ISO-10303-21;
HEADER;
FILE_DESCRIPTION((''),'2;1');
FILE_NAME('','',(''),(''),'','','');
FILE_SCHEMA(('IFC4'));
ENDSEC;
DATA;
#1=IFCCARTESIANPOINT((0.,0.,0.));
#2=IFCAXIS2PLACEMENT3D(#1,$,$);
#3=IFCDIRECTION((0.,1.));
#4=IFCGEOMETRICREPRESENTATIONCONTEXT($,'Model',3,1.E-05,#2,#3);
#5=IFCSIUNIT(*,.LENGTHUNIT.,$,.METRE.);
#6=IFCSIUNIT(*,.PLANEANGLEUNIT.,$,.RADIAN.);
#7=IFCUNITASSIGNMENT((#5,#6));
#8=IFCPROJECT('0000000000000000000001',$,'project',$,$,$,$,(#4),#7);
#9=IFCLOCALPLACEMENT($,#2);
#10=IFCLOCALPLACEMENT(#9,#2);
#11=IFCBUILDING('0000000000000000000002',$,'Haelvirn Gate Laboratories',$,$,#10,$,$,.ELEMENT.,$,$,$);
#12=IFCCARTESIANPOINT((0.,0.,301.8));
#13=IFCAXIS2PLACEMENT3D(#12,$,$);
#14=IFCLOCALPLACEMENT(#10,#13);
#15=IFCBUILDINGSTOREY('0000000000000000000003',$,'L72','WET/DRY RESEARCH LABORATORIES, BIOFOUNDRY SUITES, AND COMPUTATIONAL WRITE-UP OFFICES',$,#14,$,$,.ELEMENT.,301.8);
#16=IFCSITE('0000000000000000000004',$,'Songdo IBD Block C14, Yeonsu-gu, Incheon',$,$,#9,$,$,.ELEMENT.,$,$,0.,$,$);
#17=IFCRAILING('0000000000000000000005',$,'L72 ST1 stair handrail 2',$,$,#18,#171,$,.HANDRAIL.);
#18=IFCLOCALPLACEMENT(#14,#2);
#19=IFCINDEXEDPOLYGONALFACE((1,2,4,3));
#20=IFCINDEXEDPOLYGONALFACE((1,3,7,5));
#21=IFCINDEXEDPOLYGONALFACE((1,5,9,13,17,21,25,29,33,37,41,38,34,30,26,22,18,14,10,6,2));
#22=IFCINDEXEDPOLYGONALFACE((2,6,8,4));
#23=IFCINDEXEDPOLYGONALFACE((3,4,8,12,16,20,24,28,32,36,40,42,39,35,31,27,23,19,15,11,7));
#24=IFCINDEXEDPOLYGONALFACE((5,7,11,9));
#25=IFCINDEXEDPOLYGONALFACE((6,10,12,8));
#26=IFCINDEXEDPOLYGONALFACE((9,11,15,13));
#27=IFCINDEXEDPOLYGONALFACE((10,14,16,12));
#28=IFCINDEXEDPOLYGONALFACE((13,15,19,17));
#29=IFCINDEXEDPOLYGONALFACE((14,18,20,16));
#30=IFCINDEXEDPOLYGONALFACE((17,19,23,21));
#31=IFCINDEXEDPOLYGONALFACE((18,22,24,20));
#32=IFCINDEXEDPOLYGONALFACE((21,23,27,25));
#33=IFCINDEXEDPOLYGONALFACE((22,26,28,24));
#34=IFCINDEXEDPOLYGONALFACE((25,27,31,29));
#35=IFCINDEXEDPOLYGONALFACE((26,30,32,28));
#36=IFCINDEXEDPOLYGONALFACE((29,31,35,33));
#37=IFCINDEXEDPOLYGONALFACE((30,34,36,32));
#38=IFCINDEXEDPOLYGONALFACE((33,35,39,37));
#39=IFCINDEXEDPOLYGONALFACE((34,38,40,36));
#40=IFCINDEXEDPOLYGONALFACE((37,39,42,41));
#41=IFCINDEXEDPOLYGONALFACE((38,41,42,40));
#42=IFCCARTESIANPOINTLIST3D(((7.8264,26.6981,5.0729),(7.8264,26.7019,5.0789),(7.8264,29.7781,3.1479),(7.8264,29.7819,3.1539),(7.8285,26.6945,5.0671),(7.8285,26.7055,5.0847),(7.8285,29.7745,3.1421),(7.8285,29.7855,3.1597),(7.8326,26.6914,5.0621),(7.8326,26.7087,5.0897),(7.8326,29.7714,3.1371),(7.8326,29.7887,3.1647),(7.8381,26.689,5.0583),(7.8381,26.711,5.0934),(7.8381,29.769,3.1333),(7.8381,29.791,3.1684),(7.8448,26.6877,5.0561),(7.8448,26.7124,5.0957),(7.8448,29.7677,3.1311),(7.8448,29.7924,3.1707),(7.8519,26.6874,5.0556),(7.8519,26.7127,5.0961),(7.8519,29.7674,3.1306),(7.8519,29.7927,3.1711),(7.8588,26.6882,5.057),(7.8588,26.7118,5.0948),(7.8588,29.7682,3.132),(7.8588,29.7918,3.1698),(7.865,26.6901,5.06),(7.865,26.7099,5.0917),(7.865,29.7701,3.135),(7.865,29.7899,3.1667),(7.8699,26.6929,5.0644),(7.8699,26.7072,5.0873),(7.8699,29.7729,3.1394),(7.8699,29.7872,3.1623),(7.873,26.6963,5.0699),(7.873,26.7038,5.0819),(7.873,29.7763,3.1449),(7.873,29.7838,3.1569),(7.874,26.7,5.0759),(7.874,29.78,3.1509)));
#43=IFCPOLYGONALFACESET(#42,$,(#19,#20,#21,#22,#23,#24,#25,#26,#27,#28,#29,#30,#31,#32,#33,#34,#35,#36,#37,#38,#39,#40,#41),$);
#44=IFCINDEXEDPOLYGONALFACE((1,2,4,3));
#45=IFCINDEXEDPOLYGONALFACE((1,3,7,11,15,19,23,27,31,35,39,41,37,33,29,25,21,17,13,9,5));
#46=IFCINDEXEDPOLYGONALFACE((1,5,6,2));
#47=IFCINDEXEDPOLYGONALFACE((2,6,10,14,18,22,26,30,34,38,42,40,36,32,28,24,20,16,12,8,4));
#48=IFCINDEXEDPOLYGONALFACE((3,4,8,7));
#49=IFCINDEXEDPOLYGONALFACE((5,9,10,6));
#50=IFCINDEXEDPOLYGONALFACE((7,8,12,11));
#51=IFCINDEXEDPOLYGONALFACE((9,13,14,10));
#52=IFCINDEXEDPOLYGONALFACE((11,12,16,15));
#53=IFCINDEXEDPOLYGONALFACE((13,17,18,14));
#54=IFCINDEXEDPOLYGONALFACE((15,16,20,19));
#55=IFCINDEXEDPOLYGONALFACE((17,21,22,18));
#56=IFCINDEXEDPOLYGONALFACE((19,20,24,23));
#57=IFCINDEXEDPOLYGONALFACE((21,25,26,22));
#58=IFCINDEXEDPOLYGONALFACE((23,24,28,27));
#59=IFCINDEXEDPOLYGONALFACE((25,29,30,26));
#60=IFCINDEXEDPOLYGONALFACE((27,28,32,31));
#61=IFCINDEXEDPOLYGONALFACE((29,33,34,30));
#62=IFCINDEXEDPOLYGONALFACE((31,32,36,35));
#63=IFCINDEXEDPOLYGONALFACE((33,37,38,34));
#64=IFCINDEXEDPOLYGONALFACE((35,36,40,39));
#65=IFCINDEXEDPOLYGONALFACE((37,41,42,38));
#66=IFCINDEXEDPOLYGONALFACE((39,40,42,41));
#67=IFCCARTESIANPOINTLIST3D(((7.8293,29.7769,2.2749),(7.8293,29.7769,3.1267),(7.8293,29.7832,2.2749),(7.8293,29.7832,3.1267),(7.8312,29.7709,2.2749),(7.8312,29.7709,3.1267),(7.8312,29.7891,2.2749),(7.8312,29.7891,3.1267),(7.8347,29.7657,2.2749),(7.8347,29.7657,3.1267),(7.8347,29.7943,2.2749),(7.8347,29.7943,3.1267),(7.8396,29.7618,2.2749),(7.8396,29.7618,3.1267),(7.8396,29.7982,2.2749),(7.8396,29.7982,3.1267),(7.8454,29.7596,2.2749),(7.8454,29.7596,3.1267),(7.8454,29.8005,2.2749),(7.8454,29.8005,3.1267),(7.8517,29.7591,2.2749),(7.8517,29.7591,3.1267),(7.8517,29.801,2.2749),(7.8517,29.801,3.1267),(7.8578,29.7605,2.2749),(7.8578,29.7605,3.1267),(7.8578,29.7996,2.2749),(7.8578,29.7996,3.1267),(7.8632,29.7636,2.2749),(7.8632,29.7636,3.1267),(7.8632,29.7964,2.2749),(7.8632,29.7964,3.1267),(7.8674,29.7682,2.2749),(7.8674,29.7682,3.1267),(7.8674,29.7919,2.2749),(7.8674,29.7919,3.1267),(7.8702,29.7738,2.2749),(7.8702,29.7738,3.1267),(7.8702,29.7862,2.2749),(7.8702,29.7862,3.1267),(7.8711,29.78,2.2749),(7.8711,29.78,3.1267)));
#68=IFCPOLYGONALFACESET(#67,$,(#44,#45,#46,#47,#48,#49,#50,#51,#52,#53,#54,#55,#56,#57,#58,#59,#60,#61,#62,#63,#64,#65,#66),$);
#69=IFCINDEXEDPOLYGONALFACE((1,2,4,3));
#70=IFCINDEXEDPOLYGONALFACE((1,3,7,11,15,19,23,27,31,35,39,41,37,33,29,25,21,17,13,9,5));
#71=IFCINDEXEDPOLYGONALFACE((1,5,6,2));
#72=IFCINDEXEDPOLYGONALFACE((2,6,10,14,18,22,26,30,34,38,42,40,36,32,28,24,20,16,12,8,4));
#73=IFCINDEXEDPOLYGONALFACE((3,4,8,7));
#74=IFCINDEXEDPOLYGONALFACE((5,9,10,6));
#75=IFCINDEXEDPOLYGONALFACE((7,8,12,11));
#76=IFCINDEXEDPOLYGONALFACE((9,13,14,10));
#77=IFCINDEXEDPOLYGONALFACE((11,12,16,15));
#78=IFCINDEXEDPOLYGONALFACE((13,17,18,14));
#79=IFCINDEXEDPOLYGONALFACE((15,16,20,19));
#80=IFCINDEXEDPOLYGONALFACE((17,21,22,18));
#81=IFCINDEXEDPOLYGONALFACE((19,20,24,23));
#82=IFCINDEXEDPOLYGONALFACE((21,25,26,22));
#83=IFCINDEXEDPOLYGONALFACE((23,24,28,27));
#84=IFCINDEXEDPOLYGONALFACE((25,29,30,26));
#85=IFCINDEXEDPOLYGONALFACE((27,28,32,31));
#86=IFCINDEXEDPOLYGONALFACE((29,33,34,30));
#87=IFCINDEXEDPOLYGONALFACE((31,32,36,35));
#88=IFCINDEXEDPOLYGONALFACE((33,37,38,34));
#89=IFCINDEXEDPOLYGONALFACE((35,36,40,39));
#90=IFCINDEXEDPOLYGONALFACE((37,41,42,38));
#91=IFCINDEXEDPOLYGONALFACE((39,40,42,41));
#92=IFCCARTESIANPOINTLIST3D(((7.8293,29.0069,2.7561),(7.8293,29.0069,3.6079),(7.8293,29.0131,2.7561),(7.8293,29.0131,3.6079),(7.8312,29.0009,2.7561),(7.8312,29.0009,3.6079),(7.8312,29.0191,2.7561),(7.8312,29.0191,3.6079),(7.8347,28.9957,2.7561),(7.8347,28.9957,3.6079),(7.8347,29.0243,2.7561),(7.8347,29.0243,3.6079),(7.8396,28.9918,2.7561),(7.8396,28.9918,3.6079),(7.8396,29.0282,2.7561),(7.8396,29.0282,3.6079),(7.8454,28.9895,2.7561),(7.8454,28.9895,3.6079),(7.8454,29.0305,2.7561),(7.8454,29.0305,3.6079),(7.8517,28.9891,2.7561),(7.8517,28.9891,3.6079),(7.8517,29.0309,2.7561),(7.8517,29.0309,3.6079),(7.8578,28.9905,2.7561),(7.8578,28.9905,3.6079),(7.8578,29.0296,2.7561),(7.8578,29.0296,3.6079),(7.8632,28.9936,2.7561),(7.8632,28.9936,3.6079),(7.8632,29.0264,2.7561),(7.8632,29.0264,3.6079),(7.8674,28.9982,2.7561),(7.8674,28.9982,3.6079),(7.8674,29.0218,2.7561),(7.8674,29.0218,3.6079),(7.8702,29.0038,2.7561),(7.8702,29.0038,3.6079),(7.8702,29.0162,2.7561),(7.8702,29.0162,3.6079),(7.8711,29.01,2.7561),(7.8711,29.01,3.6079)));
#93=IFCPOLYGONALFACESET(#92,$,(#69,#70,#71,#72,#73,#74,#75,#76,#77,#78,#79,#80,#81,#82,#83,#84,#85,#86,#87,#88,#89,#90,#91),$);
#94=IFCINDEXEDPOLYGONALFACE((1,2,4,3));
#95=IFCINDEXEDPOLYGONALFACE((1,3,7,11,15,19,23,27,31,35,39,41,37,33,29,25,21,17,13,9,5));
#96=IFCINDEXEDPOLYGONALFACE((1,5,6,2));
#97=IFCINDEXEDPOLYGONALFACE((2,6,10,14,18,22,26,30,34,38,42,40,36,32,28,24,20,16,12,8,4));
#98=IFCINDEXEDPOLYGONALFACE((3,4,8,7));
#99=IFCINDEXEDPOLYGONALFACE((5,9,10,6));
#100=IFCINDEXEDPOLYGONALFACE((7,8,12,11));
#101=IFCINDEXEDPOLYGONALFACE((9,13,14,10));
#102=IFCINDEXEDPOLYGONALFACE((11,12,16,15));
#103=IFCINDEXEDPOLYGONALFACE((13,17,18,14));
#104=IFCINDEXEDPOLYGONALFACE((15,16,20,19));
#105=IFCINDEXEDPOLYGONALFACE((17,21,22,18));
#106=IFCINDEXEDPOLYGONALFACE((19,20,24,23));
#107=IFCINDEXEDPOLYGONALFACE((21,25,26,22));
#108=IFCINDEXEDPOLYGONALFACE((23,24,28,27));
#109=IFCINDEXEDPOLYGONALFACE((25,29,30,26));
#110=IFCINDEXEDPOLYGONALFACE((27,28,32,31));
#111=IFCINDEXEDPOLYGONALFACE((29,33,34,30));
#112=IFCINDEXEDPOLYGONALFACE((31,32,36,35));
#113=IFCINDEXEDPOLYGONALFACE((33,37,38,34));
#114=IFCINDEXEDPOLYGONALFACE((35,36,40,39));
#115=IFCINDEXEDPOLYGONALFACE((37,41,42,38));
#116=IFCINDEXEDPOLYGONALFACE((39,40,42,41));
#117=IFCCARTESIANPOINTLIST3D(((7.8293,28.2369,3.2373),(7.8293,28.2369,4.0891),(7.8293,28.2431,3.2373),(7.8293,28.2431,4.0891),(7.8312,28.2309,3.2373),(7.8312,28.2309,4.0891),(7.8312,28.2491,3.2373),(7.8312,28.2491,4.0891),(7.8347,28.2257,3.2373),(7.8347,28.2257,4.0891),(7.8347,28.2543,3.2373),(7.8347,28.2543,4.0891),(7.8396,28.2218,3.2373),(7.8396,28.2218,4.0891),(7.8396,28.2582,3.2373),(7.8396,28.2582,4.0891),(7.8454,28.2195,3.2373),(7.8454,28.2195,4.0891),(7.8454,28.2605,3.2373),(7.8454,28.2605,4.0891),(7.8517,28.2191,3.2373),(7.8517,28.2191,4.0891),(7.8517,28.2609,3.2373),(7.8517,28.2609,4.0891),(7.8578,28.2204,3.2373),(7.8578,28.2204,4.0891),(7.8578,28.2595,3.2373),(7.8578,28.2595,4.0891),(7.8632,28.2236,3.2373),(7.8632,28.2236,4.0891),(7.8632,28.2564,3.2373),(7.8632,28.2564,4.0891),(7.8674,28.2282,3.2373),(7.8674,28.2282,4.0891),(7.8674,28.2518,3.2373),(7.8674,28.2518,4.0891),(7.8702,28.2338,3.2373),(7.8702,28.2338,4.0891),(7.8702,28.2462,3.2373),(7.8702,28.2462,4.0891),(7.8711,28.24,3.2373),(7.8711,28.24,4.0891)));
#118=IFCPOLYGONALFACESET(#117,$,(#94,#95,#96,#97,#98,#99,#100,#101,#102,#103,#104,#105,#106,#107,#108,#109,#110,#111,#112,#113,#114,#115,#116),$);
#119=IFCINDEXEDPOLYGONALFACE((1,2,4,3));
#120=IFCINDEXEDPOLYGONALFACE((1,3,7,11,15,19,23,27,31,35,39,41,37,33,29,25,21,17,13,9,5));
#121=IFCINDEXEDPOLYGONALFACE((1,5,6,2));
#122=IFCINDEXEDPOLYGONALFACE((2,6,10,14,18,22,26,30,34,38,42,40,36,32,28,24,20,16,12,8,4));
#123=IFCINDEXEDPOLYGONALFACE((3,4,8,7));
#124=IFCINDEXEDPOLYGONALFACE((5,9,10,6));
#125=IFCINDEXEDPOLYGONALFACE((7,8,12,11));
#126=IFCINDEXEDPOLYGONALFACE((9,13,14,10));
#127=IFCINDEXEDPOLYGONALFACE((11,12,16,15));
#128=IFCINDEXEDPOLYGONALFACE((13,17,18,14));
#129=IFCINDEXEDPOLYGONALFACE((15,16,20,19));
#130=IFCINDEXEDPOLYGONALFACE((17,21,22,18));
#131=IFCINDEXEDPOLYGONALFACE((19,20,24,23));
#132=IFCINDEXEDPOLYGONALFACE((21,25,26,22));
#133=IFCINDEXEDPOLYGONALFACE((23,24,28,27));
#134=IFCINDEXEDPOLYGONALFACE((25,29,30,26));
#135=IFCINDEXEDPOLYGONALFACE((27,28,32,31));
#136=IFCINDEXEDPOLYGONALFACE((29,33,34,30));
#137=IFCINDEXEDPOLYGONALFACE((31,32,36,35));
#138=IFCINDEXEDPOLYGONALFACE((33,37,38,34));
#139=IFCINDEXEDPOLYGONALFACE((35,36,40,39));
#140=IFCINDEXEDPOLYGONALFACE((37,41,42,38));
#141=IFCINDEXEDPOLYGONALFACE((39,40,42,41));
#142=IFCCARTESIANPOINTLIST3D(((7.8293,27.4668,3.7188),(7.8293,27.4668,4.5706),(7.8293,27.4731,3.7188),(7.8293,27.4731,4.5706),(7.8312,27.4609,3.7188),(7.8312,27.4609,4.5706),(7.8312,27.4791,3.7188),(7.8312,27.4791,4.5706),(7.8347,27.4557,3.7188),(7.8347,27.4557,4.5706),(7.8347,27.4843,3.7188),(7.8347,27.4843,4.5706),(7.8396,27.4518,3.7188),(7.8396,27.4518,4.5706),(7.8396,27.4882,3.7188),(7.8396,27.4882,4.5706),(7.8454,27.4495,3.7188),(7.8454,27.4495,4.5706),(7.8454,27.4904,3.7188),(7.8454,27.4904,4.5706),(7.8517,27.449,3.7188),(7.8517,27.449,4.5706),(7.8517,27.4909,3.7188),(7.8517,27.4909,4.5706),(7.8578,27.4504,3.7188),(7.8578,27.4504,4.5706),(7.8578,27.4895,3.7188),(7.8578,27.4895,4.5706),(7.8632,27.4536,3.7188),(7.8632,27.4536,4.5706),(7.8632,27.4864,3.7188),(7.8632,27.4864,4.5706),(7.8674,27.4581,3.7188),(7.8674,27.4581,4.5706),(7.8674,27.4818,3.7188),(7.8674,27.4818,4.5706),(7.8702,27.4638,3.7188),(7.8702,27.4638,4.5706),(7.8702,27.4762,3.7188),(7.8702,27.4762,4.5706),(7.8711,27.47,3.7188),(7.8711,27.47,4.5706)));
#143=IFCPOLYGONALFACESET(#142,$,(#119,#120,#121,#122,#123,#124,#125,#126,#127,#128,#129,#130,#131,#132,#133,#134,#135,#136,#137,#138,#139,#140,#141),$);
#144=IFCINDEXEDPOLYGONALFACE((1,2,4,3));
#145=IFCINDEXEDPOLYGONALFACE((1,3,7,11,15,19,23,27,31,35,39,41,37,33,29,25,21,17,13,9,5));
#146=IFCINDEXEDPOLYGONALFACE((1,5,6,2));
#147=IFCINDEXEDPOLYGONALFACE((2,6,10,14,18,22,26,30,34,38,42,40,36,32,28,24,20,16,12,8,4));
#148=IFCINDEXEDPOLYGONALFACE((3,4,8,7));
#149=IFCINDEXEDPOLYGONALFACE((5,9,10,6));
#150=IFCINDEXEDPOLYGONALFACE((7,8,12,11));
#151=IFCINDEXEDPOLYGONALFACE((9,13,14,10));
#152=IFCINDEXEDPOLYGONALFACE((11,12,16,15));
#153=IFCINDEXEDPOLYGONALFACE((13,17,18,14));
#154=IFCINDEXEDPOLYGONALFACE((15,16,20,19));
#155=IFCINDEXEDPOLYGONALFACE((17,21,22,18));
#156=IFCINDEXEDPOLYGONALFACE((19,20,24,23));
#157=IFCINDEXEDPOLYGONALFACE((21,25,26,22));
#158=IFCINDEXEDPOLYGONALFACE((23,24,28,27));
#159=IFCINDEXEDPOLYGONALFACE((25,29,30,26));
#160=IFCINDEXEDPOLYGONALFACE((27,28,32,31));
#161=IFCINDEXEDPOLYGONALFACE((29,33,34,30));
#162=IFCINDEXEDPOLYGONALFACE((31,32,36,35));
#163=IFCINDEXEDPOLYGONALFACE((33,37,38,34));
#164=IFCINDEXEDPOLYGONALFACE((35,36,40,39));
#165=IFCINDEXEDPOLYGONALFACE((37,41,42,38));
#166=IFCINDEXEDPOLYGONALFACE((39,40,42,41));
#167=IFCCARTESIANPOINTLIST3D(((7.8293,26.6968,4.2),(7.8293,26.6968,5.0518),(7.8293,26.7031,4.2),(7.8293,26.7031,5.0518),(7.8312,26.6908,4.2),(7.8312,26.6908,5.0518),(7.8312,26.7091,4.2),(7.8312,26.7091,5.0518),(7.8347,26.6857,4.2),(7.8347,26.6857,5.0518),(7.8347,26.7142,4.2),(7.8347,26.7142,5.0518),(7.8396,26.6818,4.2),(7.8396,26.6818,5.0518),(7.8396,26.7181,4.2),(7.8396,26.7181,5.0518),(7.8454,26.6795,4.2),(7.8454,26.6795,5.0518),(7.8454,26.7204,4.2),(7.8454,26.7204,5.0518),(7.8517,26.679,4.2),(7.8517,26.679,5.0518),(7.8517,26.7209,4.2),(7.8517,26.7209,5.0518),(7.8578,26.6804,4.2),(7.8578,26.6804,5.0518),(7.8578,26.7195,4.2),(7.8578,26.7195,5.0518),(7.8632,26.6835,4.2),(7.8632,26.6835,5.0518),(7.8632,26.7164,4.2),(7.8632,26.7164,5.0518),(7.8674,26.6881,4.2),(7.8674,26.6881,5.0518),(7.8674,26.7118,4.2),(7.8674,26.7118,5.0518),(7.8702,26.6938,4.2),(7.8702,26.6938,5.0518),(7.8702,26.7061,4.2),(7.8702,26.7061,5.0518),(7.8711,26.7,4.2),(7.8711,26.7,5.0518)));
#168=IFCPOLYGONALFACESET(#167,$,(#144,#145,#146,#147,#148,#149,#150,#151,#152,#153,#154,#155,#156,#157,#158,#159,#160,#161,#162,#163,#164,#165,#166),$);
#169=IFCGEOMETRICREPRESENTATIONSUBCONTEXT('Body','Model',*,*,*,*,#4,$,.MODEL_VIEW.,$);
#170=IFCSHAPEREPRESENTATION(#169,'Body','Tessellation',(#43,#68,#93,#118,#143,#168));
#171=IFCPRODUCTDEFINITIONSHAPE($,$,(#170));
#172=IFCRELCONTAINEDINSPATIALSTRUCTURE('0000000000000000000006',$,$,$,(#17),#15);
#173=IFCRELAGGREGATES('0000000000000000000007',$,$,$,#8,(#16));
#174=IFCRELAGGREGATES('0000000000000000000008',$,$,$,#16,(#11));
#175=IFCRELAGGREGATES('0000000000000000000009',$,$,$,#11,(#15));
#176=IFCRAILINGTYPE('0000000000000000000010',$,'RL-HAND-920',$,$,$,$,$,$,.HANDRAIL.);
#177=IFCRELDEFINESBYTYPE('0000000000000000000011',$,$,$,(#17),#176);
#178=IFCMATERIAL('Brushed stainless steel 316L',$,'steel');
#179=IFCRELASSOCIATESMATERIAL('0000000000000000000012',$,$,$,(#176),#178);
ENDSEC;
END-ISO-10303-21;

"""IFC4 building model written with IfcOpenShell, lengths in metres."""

from ifc_helpers import new_model, si_unit, direction, frame, origin, origin_2d, place, context, subcontext, project, spatial, circle, extrude, source, transform, mapped, material, type_object, element, save


model = new_model("IFC4")

# Units and contexts
model_context = context("Model", 3, precision=1e-05, world=origin(), true_north=direction((0.0, 1.0)))
body_context = subcontext(model_context, "Body", "Model", "MODEL_VIEW")
ifc_project = project(units=[si_unit("LENGTHUNIT", "METRE"), si_unit("PLANEANGLEUNIT", "RADIAN")], contexts=[model_context])

# Site, building, storey
site_placement = place(None, origin())
site = spatial("IfcSite", under=ifc_project, at=site_placement, Name="Songdo IBD Block C14, Yeonsu-gu, Incheon", CompositionType="ELEMENT", RefElevation=0.0)
building_placement = place(site_placement, origin())
building = spatial("IfcBuilding", under=site, at=building_placement, Name="Haelvirn Gate Laboratories", CompositionType="ELEMENT")
storey_placement = place(building_placement, frame((0.0, 0.0, 301.8)))
storey = spatial("IfcBuildingStorey", under=building, at=storey_placement, Name="L72", Description="WET/DRY RESEARCH LABORATORIES, BIOFOUNDRY SUITES, AND COMPUTATIONAL WRITE-UP OFFICES", CompositionType="ELEMENT", Elevation=301.8)

# Railing
ifc_material_1 = material(Name="Brushed stainless steel 316L", Category="steel")
railing_type_1 = type_object("IfcRailingType", Name="RL-HAND-920", PredefinedType="HANDRAIL", material=ifc_material_1)
shared_shape_1 = source(origin(), body_context, "Body", "SweptSolid", [
    extrude(circle(Radius=0.0239, at=origin_2d()), frame((0.0, 0.0, 0.876), z_axis=(0.0, -0.847998, 0.529999), x_axis=(1.0, 0.0, 0.0)), (0.0, 0.0, 1.0), 3.6321),
    extrude(circle(Radius=0.021, at=origin_2d()), origin(), (0.0, 0.0, 1.0), 0.8518),
    extrude(circle(Radius=0.021, at=origin_2d()), frame((0.0, -0.77, 0.4812)), (0.0, 0.0, 1.0), 0.8518),
    extrude(circle(Radius=0.021, at=origin_2d()), frame((0.0, -1.54, 0.9624)), (0.0, 0.0, 1.0), 0.8518),
    extrude(circle(Radius=0.021, at=origin_2d()), frame((0.0, -2.3101, 1.4438)), (0.0, 0.0, 1.0), 0.8518),
    extrude(circle(Radius=0.021, at=origin_2d()), frame((0.0, -3.0801, 1.925)), (0.0, 0.0, 1.0), 0.8518),
])
railing_1_placement = place(storey_placement, frame((7.8501, 29.78, 2.2749)))
element("IfcRailing", 1, at=railing_1_placement, inside=storey, type_object=railing_type_1, Name="L72 ST1 stair handrail 2", PredefinedType="HANDRAIL", context=body_context, shape_type="MappedRepresentation", body=[
    mapped(shared_shape_1, transform((0.0, 0.0, 0.0), scale=1.0)),
])

save(model, "model.ifc")
